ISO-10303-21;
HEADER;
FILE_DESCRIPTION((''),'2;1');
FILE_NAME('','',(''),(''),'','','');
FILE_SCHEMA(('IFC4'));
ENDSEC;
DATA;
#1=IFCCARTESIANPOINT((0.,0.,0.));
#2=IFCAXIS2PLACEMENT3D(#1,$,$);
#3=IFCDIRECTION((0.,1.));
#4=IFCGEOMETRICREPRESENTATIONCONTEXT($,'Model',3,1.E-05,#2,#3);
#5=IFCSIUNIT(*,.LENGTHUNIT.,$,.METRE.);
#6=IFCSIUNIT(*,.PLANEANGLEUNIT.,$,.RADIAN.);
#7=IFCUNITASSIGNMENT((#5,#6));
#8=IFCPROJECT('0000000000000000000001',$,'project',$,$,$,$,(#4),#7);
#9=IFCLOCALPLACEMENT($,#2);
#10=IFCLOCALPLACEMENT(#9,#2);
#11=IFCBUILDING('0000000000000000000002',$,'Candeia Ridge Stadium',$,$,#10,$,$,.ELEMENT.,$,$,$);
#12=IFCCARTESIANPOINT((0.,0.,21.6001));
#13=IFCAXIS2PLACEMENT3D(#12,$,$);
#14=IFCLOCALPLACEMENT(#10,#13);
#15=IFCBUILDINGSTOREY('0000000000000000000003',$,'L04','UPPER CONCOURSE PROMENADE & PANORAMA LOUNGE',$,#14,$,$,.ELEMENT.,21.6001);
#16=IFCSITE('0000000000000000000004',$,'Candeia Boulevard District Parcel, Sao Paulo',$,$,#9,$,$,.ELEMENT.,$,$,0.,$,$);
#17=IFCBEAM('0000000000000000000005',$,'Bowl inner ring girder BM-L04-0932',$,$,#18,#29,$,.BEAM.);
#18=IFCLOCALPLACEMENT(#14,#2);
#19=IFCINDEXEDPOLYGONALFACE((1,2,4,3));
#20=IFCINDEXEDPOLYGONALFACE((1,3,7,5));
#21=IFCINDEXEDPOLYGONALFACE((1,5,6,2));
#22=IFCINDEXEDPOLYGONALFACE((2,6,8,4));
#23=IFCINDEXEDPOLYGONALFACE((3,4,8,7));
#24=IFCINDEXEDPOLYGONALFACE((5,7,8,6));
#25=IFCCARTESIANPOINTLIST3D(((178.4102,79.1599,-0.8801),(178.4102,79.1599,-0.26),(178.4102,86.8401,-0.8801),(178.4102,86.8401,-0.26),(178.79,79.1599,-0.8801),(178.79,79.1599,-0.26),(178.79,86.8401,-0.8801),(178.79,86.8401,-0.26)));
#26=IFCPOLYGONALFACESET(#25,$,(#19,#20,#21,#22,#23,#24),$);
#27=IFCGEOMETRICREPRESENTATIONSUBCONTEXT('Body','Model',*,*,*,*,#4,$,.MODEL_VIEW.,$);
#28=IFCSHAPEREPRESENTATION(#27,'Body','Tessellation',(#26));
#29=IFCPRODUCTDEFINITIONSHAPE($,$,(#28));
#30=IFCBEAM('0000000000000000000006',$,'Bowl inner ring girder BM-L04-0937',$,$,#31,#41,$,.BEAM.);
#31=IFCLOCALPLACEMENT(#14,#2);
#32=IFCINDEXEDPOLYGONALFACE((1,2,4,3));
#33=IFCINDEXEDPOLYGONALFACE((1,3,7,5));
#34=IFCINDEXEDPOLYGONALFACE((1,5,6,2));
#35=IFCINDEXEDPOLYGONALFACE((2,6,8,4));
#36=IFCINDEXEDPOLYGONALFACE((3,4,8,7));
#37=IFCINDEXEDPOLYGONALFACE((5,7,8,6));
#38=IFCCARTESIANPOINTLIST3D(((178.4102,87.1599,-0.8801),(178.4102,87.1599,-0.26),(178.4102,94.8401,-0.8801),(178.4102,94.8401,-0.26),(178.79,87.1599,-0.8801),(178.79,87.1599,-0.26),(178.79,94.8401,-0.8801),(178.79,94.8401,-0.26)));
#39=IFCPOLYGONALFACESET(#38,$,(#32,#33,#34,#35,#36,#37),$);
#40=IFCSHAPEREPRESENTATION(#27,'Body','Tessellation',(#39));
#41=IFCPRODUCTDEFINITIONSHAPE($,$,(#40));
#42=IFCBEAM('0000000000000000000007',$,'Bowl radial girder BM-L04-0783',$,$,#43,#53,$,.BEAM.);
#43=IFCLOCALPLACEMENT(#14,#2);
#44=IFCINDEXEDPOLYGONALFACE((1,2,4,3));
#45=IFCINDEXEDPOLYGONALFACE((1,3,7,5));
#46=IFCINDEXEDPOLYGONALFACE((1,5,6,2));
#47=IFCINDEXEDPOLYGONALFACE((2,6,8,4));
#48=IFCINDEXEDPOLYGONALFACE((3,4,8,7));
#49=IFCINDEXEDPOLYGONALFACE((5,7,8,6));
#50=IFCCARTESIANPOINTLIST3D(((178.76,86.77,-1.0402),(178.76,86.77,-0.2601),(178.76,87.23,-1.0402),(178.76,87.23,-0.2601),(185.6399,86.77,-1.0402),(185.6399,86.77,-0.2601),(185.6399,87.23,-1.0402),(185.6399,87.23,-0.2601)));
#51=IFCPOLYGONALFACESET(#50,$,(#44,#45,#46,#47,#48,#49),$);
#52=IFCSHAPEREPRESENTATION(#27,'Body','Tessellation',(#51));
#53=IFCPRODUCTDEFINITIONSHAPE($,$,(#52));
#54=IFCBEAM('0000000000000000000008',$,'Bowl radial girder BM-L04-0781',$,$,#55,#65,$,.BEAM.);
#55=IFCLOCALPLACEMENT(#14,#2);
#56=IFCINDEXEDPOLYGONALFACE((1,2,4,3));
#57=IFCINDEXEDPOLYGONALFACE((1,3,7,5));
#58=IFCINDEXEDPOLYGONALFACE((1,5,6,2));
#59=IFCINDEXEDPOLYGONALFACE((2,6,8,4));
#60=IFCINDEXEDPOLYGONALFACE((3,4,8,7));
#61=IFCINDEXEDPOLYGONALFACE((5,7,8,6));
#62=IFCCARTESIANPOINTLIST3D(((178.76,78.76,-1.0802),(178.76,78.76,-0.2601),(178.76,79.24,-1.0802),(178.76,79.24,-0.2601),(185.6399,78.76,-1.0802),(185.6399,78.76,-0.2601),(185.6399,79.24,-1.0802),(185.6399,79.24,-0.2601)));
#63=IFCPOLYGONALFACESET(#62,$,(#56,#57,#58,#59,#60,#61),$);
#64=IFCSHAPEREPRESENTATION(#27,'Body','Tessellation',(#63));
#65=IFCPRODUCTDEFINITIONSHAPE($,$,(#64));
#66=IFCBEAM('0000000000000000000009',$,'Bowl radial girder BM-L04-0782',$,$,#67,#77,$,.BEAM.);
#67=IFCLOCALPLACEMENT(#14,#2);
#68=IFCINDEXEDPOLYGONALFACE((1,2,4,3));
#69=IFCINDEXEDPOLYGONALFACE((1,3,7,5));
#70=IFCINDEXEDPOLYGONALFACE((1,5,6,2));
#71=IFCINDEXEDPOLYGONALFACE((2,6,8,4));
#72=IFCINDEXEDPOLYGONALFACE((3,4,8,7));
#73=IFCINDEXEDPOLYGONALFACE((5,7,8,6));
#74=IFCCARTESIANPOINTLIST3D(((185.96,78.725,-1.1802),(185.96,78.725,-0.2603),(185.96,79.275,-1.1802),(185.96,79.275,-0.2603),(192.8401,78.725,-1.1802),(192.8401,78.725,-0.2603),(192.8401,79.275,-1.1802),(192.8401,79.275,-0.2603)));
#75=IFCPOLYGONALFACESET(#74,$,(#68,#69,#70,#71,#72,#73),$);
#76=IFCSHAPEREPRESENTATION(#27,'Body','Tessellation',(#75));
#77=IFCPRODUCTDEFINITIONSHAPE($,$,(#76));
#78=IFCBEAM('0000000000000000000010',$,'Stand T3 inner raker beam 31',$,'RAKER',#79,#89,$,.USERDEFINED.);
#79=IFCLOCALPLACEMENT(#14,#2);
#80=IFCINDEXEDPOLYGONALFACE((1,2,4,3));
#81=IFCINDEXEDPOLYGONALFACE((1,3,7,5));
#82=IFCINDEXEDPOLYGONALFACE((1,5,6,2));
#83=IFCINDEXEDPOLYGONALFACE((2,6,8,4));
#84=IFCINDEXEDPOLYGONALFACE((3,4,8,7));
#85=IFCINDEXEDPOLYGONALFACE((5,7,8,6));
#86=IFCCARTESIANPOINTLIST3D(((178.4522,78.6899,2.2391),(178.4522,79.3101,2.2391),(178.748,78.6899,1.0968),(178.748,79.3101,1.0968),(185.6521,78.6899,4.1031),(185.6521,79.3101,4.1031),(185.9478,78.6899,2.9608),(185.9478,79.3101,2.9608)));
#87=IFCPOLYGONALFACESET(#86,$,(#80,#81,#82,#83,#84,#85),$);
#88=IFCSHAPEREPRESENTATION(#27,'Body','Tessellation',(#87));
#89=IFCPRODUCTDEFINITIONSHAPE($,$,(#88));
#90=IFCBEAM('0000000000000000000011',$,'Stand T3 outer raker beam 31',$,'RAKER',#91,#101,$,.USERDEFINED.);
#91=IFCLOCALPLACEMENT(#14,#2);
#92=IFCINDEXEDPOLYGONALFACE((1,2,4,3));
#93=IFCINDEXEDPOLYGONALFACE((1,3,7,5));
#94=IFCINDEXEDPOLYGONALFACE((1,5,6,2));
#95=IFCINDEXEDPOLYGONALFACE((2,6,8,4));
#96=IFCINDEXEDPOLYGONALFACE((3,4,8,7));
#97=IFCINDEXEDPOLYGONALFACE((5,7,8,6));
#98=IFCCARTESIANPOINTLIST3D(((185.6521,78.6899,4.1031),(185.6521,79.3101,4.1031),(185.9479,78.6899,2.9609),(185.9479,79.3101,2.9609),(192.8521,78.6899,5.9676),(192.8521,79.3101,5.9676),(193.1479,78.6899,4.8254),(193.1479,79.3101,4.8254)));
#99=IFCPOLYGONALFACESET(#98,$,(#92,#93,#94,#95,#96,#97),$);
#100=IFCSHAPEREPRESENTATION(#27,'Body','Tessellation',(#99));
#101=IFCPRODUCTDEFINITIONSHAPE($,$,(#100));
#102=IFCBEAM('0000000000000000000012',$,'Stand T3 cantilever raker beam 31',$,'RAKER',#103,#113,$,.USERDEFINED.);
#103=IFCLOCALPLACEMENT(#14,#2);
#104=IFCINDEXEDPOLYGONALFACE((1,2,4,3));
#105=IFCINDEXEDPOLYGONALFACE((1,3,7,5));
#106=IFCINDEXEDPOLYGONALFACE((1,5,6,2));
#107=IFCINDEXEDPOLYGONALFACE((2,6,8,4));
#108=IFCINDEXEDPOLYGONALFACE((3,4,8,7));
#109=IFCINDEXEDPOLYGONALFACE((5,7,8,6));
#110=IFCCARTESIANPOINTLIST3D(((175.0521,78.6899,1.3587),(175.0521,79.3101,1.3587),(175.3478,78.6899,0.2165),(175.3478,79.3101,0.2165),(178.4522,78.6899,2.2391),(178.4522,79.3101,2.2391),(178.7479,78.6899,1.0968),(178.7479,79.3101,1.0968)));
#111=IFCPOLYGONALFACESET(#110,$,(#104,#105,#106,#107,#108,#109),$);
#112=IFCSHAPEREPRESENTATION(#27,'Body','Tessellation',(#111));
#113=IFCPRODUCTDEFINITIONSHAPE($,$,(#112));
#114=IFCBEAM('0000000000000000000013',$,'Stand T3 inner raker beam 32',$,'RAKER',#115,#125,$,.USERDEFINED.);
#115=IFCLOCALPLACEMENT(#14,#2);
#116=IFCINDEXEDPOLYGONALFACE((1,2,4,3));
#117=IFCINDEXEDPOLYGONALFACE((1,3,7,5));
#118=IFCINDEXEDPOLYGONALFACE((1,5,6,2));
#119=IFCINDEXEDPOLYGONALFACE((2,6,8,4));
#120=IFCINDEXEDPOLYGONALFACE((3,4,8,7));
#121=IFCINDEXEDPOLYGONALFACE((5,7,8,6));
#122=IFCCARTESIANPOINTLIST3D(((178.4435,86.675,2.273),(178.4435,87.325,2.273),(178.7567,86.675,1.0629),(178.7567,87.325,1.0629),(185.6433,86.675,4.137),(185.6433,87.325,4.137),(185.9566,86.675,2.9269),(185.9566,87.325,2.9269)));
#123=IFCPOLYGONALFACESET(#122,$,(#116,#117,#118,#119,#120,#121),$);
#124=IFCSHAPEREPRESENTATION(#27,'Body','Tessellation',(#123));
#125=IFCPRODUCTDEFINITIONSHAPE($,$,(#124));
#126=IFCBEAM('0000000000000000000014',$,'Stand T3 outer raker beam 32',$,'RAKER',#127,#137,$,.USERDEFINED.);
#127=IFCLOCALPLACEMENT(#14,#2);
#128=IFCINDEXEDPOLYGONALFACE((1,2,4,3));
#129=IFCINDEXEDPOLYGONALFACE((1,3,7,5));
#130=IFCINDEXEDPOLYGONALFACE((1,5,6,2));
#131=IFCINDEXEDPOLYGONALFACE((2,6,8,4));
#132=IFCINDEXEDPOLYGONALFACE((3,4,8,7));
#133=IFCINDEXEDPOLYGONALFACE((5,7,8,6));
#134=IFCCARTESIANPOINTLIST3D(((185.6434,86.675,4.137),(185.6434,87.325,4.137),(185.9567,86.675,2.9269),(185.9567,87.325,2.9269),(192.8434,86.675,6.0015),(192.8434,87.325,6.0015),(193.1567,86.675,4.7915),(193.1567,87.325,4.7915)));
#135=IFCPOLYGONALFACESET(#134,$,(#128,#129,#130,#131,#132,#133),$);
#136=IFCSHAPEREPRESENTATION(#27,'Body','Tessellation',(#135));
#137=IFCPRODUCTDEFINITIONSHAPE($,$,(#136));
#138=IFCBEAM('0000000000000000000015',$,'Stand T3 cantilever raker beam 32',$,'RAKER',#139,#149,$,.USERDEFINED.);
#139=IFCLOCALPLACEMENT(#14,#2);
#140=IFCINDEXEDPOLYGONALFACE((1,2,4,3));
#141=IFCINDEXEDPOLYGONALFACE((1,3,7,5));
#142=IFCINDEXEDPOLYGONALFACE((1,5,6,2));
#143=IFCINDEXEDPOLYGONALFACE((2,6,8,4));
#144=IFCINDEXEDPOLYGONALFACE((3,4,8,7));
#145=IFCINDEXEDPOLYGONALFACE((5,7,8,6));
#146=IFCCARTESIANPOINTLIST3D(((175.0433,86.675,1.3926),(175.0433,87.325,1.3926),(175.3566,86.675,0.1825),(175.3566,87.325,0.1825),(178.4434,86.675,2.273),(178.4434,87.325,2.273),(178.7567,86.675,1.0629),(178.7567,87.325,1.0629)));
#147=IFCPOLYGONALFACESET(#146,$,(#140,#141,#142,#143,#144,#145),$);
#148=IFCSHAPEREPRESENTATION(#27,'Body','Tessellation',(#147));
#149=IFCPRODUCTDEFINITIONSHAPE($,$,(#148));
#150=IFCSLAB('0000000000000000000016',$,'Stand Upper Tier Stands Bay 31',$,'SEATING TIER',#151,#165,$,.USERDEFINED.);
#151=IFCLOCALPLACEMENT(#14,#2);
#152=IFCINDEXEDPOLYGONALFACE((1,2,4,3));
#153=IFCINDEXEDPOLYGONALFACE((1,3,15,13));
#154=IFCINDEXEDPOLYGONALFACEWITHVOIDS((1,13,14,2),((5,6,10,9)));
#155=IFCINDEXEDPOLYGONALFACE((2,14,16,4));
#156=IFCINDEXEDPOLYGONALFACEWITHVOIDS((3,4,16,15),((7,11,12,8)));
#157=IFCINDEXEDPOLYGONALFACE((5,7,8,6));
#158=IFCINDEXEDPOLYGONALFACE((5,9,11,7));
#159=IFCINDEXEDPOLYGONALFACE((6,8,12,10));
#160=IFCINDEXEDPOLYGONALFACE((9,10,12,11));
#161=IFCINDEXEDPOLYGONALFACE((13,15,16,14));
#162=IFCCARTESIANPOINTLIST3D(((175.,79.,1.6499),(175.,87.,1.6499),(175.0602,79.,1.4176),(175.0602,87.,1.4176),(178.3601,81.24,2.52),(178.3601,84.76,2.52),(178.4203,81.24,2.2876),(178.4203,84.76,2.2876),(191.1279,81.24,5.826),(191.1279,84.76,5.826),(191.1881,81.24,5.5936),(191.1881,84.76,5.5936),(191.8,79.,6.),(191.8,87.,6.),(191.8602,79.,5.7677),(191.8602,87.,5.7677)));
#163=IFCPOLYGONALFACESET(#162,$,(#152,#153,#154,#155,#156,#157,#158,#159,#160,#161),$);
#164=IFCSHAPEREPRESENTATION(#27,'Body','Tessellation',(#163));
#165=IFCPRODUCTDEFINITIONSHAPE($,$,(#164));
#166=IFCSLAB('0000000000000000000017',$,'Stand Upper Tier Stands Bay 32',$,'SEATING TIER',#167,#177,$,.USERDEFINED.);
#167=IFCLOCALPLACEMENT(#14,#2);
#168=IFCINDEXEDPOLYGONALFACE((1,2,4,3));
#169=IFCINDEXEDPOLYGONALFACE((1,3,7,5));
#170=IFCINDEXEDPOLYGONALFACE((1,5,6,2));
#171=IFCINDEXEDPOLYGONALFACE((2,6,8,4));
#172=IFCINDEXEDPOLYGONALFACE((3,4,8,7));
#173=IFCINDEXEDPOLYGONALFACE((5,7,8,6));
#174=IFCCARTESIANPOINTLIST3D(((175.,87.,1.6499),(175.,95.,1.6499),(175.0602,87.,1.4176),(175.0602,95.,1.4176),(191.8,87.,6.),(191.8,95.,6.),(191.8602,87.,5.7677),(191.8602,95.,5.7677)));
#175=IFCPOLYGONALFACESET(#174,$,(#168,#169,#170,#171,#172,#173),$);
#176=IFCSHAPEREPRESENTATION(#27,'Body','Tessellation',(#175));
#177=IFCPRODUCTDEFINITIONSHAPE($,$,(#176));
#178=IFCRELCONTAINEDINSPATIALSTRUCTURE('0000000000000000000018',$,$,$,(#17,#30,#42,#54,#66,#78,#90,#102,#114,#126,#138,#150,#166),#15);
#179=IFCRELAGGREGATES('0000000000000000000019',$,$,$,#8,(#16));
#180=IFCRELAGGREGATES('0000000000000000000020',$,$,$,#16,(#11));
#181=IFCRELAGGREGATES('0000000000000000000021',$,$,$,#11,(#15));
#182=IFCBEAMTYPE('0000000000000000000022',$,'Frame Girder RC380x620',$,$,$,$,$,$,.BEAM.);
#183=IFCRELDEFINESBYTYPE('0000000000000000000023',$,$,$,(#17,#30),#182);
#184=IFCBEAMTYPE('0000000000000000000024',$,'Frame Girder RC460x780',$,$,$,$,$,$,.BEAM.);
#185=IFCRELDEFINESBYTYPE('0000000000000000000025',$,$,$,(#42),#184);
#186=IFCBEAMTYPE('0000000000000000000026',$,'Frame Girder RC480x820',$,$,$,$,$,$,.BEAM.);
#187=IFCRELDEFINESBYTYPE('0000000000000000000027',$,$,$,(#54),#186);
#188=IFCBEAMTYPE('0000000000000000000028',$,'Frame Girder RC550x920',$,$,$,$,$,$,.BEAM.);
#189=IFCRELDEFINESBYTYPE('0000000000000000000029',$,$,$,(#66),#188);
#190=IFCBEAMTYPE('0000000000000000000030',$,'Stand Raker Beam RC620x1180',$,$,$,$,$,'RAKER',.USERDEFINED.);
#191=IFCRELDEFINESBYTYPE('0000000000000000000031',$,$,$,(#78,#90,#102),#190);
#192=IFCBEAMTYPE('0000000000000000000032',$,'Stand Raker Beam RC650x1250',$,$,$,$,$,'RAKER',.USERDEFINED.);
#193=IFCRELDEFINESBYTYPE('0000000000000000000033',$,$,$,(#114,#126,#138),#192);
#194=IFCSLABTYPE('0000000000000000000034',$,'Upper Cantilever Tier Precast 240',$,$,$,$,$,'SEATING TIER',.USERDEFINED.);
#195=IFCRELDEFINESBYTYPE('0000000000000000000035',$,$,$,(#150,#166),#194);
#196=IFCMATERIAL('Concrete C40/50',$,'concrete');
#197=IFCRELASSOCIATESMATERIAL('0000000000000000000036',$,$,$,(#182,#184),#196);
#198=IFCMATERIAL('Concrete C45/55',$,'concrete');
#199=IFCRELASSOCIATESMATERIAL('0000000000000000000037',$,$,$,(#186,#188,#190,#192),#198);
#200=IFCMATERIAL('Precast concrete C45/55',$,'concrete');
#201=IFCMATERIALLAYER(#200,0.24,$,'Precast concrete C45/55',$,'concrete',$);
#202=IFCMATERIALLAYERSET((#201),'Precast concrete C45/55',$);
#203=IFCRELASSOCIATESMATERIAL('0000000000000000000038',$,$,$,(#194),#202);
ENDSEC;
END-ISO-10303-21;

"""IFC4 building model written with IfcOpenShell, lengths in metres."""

from ifc_helpers import new_model, si_unit, direction, frame, origin, origin_2d, place, context, subcontext, project, spatial, polyline, rectangle, outline, extrude, material, layer, layer_set, material_profile, profile_set, type_object, element, save


model = new_model("IFC4")

# Units and contexts
model_context = context("Model", 3, precision=1e-05, world=origin(), true_north=direction((0.0, 1.0)))
body_context = subcontext(model_context, "Body", "Model", "MODEL_VIEW")
ifc_project = project(units=[si_unit("LENGTHUNIT", "METRE"), si_unit("PLANEANGLEUNIT", "RADIAN")], contexts=[model_context])

# Site, building, storey
site_placement = place(None, origin())
site = spatial("IfcSite", under=ifc_project, at=site_placement, Name="Candeia Boulevard District Parcel, Sao Paulo", CompositionType="ELEMENT", RefElevation=0.0)
building_placement = place(site_placement, origin())
building = spatial("IfcBuilding", under=site, at=building_placement, Name="Candeia Ridge Stadium", CompositionType="ELEMENT")
storey_placement = place(building_placement, frame((0.0, 0.0, 21.6001)))
storey = spatial("IfcBuildingStorey", under=building, at=storey_placement, Name="L04", Description="UPPER CONCOURSE PROMENADE & PANORAMA LOUNGE", CompositionType="ELEMENT", Elevation=21.6001)

# Shared definitions
ifc_material_1 = material(Name="Concrete C45/55", Category="concrete")
ifc_material_2 = material(Name="Concrete C40/50", Category="concrete")

# Beams
ifc_material_profile_1 = material_profile(ifc_material_2, rectangle(XDim=0.3799, YDim=0.6201, at=origin_2d()), Name="RC380x620", Category="concrete")
ifc_profile_set_1 = profile_set([ifc_material_profile_1], Name="Concrete C40/50")
beam_type_1 = type_object("IfcBeamType", Name="Frame Girder RC380x620", PredefinedType="BEAM", material=ifc_profile_set_1)
for number, where, z_axis, x_axis, name in (
    (1, (178.6001, 79.1599, -0.5701), (0.0, 1.0, 0.0), (-1.0, 0.0, 0.0), "Bowl inner ring girder BM-L04-0932"),
    (2, (178.6001, 87.1599, -0.5701), (0.0, 1.0, 0.0), (-1.0, 0.0, 0.0), "Bowl inner ring girder BM-L04-0937"),
):
    element("IfcBeam", number, at=place(storey_placement, frame(where, z_axis=z_axis, x_axis=x_axis)), inside=storey, type_object=beam_type_1, Name=name, PredefinedType="BEAM", context=body_context, shape_type="SweptSolid", body=[
        extrude(rectangle(XDim=0.3799, YDim=0.6201, at=origin_2d()), origin(), (0.0, 0.0, 1.0), 7.6802),
    ])
ifc_material_profile_2 = material_profile(ifc_material_2, rectangle(XDim=0.46, YDim=0.78, at=origin_2d()), Name="RC460x780", Category="concrete")
ifc_profile_set_2 = profile_set([ifc_material_profile_2], Name="Concrete C40/50")
beam_type_2 = type_object("IfcBeamType", Name="Frame Girder RC460x780", PredefinedType="BEAM", material=ifc_profile_set_2)
beam_1_placement = place(storey_placement, frame((178.76, 87.0, -0.6501), z_axis=(1.0, 0.0, 0.0), x_axis=(0.0, 1.0, 0.0)))
element("IfcBeam", 3, at=beam_1_placement, inside=storey, type_object=beam_type_2, Name="Bowl radial girder BM-L04-0783", PredefinedType="BEAM", context=body_context, shape_type="SweptSolid", body=[
    extrude(rectangle(XDim=0.46, YDim=0.78, at=origin_2d()), origin(), (0.0, 0.0, 1.0), 6.8799),
])
ifc_material_profile_3 = material_profile(ifc_material_1, rectangle(XDim=0.48, YDim=0.8201, at=origin_2d()), Name="RC480x820", Category="concrete")
ifc_profile_set_3 = profile_set([ifc_material_profile_3], Name="Concrete C45/55")
beam_type_3 = type_object("IfcBeamType", Name="Frame Girder RC480x820", PredefinedType="BEAM", material=ifc_profile_set_3)
beam_2_placement = place(storey_placement, frame((178.76, 79.0, -0.6702), z_axis=(1.0, 0.0, 0.0), x_axis=(0.0, 1.0, 0.0)))
element("IfcBeam", 4, at=beam_2_placement, inside=storey, type_object=beam_type_3, Name="Bowl radial girder BM-L04-0781", PredefinedType="BEAM", context=body_context, shape_type="SweptSolid", body=[
    extrude(rectangle(XDim=0.48, YDim=0.8201, at=origin_2d()), origin(), (0.0, 0.0, 1.0), 6.8799),
])
ifc_material_profile_4 = material_profile(ifc_material_1, rectangle(XDim=0.55, YDim=0.9199, at=origin_2d()), Name="RC550x920", Category="concrete")
ifc_profile_set_4 = profile_set([ifc_material_profile_4], Name="Concrete C45/55")
beam_type_4 = type_object("IfcBeamType", Name="Frame Girder RC550x920", PredefinedType="BEAM", material=ifc_profile_set_4)
beam_3_placement = place(storey_placement, frame((185.96, 79.0, -0.7202), z_axis=(1.0, 0.0, 0.0), x_axis=(0.0, 1.0, 0.0)))
element("IfcBeam", 5, at=beam_3_placement, inside=storey, type_object=beam_type_4, Name="Bowl radial girder BM-L04-0782", PredefinedType="BEAM", context=body_context, shape_type="SweptSolid", body=[
    extrude(rectangle(XDim=0.55, YDim=0.9199, at=origin_2d()), origin(), (0.0, 0.0, 1.0), 6.8801),
])
ifc_material_profile_5 = material_profile(ifc_material_1, rectangle(XDim=0.6201, YDim=1.1799, at=origin_2d()), Name="RC620x1180", Category="concrete")
ifc_profile_set_5 = profile_set([ifc_material_profile_5], Name="Concrete C45/55")
beam_type_5 = type_object("IfcBeamType", Name="Stand Raker Beam RC620x1180", ElementType="RAKER", PredefinedType="USERDEFINED", material=ifc_profile_set_5)
beam_4_placement = place(storey_placement, frame((178.6001, 79.0, 1.668), z_axis=(0.968083, 0.0, 0.250629), x_axis=(0.0, 1.0, 0.0)))
element("IfcBeam", 6, at=beam_4_placement, inside=storey, type_object=beam_type_5, Name="Stand T3 inner raker beam 31", ObjectType="RAKER", PredefinedType="USERDEFINED", context=body_context, shape_type="SweptSolid", body=[
    extrude(rectangle(XDim=0.6201, YDim=1.1799, at=origin_2d()), origin(), (0.0, 0.0, 1.0), 7.4373),
])
beam_5_placement = place(storey_placement, frame((185.8, 79.0, 3.532), z_axis=(0.968067, 0.0, 0.250691), x_axis=(0.0, 1.0, 0.0)))
element("IfcBeam", 7, at=beam_5_placement, inside=storey, type_object=beam_type_5, Name="Stand T3 outer raker beam 31", ObjectType="RAKER", PredefinedType="USERDEFINED", context=body_context, shape_type="SweptSolid", body=[
    extrude(rectangle(XDim=0.6201, YDim=1.1799, at=origin_2d()), origin(), (0.0, 0.0, 1.0), 7.4375),
])
beam_6_placement = place(storey_placement, frame((175.2, 79.0, 0.7876), z_axis=(0.968076, 0.0, 0.250656), x_axis=(0.0, 1.0, 0.0)))
element("IfcBeam", 8, at=beam_6_placement, inside=storey, type_object=beam_type_5, Name="Stand T3 cantilever raker beam 31", ObjectType="RAKER", PredefinedType="USERDEFINED", context=body_context, shape_type="SweptSolid", body=[
    extrude(rectangle(XDim=0.6201, YDim=1.1799, at=origin_2d()), origin(), (0.0, 0.0, 1.0), 3.5122),
])
ifc_material_profile_6 = material_profile(ifc_material_1, rectangle(XDim=0.6499, YDim=1.25, at=origin_2d()), Name="RC650x1250", Category="concrete")
ifc_profile_set_6 = profile_set([ifc_material_profile_6], Name="Concrete C45/55")
beam_type_6 = type_object("IfcBeamType", Name="Stand Raker Beam RC650x1250", ElementType="RAKER", PredefinedType="USERDEFINED", material=ifc_profile_set_6)
beam_7_placement = place(storey_placement, frame((178.6001, 87.0, 1.668), z_axis=(0.968083, 0.0, 0.250629), x_axis=(0.0, 1.0, 0.0)))
element("IfcBeam", 9, at=beam_7_placement, inside=storey, type_object=beam_type_6, Name="Stand T3 inner raker beam 32", ObjectType="RAKER", PredefinedType="USERDEFINED", context=body_context, shape_type="SweptSolid", body=[
    extrude(rectangle(XDim=0.6499, YDim=1.25, at=origin_2d()), origin(), (0.0, 0.0, 1.0), 7.4373),
])
beam_8_placement = place(storey_placement, frame((185.8, 87.0, 3.532), z_axis=(0.968067, 0.0, 0.250691), x_axis=(0.0, 1.0, 0.0)))
element("IfcBeam", 10, at=beam_8_placement, inside=storey, type_object=beam_type_6, Name="Stand T3 outer raker beam 32", ObjectType="RAKER", PredefinedType="USERDEFINED", context=body_context, shape_type="SweptSolid", body=[
    extrude(rectangle(XDim=0.6499, YDim=1.25, at=origin_2d()), origin(), (0.0, 0.0, 1.0), 7.4375),
])
beam_9_placement = place(storey_placement, frame((175.2, 87.0, 0.7876), z_axis=(0.968076, 0.0, 0.250656), x_axis=(0.0, 1.0, 0.0)))
element("IfcBeam", 11, at=beam_9_placement, inside=storey, type_object=beam_type_6, Name="Stand T3 cantilever raker beam 32", ObjectType="RAKER", PredefinedType="USERDEFINED", context=body_context, shape_type="SweptSolid", body=[
    extrude(rectangle(XDim=0.6499, YDim=1.25, at=origin_2d()), origin(), (0.0, 0.0, 1.0), 3.5122),
])

# Slabs
ifc_material_3 = material(Name="Precast concrete C45/55", Category="concrete")
ifc_layer_1 = layer(ifc_material_3, 0.24, Name="Precast concrete C45/55", Category="concrete")
ifc_layer_set_1 = layer_set([ifc_layer_1], Name="Precast concrete C45/55")
slab_type = type_object("IfcSlabType", Name="Upper Cantilever Tier Precast 240", ElementType="SEATING TIER", PredefinedType="USERDEFINED", material=ifc_layer_set_1)
slab_1_placement = place(storey_placement, frame((175.0, 79.0, 1.6499), z_axis=(-0.250667, 0.0, 0.968073), x_axis=(0.0, 1.0, 0.0)))
element("IfcSlab", 12, at=slab_1_placement, inside=storey, type_object=slab_type, Name="Stand Upper Tier Stands Bay 31", ObjectType="SEATING TIER", PredefinedType="USERDEFINED", context=body_context, shape_type="SweptSolid", body=[
    extrude(outline(polyline([(0.0, 0.0), (8.0, 0.0), (8.0, -17.3541), (0.0, -17.3541), (0.0, 0.0)]), holes=[polyline([(2.24, -3.4709), (5.76, -3.4709), (5.76, -16.6598), (2.24, -16.6598), (2.24, -3.4709)])]), origin(), (0.0, 0.0, -1.0), 0.24),
])
slab_2_placement = place(storey_placement, frame((175.0, 87.0, 1.6499), z_axis=(-0.250667, 0.0, 0.968073), x_axis=(0.0, 1.0, 0.0)))
element("IfcSlab", 13, at=slab_2_placement, inside=storey, type_object=slab_type, Name="Stand Upper Tier Stands Bay 32", ObjectType="SEATING TIER", PredefinedType="USERDEFINED", context=body_context, shape_type="SweptSolid", body=[
    extrude(outline(polyline([(0.0, 0.0), (8.0, 0.0), (8.0, -17.3541), (0.0, -17.3541), (0.0, 0.0)])), origin(), (0.0, 0.0, -1.0), 0.24),
])

save(model, "model.ifc")
